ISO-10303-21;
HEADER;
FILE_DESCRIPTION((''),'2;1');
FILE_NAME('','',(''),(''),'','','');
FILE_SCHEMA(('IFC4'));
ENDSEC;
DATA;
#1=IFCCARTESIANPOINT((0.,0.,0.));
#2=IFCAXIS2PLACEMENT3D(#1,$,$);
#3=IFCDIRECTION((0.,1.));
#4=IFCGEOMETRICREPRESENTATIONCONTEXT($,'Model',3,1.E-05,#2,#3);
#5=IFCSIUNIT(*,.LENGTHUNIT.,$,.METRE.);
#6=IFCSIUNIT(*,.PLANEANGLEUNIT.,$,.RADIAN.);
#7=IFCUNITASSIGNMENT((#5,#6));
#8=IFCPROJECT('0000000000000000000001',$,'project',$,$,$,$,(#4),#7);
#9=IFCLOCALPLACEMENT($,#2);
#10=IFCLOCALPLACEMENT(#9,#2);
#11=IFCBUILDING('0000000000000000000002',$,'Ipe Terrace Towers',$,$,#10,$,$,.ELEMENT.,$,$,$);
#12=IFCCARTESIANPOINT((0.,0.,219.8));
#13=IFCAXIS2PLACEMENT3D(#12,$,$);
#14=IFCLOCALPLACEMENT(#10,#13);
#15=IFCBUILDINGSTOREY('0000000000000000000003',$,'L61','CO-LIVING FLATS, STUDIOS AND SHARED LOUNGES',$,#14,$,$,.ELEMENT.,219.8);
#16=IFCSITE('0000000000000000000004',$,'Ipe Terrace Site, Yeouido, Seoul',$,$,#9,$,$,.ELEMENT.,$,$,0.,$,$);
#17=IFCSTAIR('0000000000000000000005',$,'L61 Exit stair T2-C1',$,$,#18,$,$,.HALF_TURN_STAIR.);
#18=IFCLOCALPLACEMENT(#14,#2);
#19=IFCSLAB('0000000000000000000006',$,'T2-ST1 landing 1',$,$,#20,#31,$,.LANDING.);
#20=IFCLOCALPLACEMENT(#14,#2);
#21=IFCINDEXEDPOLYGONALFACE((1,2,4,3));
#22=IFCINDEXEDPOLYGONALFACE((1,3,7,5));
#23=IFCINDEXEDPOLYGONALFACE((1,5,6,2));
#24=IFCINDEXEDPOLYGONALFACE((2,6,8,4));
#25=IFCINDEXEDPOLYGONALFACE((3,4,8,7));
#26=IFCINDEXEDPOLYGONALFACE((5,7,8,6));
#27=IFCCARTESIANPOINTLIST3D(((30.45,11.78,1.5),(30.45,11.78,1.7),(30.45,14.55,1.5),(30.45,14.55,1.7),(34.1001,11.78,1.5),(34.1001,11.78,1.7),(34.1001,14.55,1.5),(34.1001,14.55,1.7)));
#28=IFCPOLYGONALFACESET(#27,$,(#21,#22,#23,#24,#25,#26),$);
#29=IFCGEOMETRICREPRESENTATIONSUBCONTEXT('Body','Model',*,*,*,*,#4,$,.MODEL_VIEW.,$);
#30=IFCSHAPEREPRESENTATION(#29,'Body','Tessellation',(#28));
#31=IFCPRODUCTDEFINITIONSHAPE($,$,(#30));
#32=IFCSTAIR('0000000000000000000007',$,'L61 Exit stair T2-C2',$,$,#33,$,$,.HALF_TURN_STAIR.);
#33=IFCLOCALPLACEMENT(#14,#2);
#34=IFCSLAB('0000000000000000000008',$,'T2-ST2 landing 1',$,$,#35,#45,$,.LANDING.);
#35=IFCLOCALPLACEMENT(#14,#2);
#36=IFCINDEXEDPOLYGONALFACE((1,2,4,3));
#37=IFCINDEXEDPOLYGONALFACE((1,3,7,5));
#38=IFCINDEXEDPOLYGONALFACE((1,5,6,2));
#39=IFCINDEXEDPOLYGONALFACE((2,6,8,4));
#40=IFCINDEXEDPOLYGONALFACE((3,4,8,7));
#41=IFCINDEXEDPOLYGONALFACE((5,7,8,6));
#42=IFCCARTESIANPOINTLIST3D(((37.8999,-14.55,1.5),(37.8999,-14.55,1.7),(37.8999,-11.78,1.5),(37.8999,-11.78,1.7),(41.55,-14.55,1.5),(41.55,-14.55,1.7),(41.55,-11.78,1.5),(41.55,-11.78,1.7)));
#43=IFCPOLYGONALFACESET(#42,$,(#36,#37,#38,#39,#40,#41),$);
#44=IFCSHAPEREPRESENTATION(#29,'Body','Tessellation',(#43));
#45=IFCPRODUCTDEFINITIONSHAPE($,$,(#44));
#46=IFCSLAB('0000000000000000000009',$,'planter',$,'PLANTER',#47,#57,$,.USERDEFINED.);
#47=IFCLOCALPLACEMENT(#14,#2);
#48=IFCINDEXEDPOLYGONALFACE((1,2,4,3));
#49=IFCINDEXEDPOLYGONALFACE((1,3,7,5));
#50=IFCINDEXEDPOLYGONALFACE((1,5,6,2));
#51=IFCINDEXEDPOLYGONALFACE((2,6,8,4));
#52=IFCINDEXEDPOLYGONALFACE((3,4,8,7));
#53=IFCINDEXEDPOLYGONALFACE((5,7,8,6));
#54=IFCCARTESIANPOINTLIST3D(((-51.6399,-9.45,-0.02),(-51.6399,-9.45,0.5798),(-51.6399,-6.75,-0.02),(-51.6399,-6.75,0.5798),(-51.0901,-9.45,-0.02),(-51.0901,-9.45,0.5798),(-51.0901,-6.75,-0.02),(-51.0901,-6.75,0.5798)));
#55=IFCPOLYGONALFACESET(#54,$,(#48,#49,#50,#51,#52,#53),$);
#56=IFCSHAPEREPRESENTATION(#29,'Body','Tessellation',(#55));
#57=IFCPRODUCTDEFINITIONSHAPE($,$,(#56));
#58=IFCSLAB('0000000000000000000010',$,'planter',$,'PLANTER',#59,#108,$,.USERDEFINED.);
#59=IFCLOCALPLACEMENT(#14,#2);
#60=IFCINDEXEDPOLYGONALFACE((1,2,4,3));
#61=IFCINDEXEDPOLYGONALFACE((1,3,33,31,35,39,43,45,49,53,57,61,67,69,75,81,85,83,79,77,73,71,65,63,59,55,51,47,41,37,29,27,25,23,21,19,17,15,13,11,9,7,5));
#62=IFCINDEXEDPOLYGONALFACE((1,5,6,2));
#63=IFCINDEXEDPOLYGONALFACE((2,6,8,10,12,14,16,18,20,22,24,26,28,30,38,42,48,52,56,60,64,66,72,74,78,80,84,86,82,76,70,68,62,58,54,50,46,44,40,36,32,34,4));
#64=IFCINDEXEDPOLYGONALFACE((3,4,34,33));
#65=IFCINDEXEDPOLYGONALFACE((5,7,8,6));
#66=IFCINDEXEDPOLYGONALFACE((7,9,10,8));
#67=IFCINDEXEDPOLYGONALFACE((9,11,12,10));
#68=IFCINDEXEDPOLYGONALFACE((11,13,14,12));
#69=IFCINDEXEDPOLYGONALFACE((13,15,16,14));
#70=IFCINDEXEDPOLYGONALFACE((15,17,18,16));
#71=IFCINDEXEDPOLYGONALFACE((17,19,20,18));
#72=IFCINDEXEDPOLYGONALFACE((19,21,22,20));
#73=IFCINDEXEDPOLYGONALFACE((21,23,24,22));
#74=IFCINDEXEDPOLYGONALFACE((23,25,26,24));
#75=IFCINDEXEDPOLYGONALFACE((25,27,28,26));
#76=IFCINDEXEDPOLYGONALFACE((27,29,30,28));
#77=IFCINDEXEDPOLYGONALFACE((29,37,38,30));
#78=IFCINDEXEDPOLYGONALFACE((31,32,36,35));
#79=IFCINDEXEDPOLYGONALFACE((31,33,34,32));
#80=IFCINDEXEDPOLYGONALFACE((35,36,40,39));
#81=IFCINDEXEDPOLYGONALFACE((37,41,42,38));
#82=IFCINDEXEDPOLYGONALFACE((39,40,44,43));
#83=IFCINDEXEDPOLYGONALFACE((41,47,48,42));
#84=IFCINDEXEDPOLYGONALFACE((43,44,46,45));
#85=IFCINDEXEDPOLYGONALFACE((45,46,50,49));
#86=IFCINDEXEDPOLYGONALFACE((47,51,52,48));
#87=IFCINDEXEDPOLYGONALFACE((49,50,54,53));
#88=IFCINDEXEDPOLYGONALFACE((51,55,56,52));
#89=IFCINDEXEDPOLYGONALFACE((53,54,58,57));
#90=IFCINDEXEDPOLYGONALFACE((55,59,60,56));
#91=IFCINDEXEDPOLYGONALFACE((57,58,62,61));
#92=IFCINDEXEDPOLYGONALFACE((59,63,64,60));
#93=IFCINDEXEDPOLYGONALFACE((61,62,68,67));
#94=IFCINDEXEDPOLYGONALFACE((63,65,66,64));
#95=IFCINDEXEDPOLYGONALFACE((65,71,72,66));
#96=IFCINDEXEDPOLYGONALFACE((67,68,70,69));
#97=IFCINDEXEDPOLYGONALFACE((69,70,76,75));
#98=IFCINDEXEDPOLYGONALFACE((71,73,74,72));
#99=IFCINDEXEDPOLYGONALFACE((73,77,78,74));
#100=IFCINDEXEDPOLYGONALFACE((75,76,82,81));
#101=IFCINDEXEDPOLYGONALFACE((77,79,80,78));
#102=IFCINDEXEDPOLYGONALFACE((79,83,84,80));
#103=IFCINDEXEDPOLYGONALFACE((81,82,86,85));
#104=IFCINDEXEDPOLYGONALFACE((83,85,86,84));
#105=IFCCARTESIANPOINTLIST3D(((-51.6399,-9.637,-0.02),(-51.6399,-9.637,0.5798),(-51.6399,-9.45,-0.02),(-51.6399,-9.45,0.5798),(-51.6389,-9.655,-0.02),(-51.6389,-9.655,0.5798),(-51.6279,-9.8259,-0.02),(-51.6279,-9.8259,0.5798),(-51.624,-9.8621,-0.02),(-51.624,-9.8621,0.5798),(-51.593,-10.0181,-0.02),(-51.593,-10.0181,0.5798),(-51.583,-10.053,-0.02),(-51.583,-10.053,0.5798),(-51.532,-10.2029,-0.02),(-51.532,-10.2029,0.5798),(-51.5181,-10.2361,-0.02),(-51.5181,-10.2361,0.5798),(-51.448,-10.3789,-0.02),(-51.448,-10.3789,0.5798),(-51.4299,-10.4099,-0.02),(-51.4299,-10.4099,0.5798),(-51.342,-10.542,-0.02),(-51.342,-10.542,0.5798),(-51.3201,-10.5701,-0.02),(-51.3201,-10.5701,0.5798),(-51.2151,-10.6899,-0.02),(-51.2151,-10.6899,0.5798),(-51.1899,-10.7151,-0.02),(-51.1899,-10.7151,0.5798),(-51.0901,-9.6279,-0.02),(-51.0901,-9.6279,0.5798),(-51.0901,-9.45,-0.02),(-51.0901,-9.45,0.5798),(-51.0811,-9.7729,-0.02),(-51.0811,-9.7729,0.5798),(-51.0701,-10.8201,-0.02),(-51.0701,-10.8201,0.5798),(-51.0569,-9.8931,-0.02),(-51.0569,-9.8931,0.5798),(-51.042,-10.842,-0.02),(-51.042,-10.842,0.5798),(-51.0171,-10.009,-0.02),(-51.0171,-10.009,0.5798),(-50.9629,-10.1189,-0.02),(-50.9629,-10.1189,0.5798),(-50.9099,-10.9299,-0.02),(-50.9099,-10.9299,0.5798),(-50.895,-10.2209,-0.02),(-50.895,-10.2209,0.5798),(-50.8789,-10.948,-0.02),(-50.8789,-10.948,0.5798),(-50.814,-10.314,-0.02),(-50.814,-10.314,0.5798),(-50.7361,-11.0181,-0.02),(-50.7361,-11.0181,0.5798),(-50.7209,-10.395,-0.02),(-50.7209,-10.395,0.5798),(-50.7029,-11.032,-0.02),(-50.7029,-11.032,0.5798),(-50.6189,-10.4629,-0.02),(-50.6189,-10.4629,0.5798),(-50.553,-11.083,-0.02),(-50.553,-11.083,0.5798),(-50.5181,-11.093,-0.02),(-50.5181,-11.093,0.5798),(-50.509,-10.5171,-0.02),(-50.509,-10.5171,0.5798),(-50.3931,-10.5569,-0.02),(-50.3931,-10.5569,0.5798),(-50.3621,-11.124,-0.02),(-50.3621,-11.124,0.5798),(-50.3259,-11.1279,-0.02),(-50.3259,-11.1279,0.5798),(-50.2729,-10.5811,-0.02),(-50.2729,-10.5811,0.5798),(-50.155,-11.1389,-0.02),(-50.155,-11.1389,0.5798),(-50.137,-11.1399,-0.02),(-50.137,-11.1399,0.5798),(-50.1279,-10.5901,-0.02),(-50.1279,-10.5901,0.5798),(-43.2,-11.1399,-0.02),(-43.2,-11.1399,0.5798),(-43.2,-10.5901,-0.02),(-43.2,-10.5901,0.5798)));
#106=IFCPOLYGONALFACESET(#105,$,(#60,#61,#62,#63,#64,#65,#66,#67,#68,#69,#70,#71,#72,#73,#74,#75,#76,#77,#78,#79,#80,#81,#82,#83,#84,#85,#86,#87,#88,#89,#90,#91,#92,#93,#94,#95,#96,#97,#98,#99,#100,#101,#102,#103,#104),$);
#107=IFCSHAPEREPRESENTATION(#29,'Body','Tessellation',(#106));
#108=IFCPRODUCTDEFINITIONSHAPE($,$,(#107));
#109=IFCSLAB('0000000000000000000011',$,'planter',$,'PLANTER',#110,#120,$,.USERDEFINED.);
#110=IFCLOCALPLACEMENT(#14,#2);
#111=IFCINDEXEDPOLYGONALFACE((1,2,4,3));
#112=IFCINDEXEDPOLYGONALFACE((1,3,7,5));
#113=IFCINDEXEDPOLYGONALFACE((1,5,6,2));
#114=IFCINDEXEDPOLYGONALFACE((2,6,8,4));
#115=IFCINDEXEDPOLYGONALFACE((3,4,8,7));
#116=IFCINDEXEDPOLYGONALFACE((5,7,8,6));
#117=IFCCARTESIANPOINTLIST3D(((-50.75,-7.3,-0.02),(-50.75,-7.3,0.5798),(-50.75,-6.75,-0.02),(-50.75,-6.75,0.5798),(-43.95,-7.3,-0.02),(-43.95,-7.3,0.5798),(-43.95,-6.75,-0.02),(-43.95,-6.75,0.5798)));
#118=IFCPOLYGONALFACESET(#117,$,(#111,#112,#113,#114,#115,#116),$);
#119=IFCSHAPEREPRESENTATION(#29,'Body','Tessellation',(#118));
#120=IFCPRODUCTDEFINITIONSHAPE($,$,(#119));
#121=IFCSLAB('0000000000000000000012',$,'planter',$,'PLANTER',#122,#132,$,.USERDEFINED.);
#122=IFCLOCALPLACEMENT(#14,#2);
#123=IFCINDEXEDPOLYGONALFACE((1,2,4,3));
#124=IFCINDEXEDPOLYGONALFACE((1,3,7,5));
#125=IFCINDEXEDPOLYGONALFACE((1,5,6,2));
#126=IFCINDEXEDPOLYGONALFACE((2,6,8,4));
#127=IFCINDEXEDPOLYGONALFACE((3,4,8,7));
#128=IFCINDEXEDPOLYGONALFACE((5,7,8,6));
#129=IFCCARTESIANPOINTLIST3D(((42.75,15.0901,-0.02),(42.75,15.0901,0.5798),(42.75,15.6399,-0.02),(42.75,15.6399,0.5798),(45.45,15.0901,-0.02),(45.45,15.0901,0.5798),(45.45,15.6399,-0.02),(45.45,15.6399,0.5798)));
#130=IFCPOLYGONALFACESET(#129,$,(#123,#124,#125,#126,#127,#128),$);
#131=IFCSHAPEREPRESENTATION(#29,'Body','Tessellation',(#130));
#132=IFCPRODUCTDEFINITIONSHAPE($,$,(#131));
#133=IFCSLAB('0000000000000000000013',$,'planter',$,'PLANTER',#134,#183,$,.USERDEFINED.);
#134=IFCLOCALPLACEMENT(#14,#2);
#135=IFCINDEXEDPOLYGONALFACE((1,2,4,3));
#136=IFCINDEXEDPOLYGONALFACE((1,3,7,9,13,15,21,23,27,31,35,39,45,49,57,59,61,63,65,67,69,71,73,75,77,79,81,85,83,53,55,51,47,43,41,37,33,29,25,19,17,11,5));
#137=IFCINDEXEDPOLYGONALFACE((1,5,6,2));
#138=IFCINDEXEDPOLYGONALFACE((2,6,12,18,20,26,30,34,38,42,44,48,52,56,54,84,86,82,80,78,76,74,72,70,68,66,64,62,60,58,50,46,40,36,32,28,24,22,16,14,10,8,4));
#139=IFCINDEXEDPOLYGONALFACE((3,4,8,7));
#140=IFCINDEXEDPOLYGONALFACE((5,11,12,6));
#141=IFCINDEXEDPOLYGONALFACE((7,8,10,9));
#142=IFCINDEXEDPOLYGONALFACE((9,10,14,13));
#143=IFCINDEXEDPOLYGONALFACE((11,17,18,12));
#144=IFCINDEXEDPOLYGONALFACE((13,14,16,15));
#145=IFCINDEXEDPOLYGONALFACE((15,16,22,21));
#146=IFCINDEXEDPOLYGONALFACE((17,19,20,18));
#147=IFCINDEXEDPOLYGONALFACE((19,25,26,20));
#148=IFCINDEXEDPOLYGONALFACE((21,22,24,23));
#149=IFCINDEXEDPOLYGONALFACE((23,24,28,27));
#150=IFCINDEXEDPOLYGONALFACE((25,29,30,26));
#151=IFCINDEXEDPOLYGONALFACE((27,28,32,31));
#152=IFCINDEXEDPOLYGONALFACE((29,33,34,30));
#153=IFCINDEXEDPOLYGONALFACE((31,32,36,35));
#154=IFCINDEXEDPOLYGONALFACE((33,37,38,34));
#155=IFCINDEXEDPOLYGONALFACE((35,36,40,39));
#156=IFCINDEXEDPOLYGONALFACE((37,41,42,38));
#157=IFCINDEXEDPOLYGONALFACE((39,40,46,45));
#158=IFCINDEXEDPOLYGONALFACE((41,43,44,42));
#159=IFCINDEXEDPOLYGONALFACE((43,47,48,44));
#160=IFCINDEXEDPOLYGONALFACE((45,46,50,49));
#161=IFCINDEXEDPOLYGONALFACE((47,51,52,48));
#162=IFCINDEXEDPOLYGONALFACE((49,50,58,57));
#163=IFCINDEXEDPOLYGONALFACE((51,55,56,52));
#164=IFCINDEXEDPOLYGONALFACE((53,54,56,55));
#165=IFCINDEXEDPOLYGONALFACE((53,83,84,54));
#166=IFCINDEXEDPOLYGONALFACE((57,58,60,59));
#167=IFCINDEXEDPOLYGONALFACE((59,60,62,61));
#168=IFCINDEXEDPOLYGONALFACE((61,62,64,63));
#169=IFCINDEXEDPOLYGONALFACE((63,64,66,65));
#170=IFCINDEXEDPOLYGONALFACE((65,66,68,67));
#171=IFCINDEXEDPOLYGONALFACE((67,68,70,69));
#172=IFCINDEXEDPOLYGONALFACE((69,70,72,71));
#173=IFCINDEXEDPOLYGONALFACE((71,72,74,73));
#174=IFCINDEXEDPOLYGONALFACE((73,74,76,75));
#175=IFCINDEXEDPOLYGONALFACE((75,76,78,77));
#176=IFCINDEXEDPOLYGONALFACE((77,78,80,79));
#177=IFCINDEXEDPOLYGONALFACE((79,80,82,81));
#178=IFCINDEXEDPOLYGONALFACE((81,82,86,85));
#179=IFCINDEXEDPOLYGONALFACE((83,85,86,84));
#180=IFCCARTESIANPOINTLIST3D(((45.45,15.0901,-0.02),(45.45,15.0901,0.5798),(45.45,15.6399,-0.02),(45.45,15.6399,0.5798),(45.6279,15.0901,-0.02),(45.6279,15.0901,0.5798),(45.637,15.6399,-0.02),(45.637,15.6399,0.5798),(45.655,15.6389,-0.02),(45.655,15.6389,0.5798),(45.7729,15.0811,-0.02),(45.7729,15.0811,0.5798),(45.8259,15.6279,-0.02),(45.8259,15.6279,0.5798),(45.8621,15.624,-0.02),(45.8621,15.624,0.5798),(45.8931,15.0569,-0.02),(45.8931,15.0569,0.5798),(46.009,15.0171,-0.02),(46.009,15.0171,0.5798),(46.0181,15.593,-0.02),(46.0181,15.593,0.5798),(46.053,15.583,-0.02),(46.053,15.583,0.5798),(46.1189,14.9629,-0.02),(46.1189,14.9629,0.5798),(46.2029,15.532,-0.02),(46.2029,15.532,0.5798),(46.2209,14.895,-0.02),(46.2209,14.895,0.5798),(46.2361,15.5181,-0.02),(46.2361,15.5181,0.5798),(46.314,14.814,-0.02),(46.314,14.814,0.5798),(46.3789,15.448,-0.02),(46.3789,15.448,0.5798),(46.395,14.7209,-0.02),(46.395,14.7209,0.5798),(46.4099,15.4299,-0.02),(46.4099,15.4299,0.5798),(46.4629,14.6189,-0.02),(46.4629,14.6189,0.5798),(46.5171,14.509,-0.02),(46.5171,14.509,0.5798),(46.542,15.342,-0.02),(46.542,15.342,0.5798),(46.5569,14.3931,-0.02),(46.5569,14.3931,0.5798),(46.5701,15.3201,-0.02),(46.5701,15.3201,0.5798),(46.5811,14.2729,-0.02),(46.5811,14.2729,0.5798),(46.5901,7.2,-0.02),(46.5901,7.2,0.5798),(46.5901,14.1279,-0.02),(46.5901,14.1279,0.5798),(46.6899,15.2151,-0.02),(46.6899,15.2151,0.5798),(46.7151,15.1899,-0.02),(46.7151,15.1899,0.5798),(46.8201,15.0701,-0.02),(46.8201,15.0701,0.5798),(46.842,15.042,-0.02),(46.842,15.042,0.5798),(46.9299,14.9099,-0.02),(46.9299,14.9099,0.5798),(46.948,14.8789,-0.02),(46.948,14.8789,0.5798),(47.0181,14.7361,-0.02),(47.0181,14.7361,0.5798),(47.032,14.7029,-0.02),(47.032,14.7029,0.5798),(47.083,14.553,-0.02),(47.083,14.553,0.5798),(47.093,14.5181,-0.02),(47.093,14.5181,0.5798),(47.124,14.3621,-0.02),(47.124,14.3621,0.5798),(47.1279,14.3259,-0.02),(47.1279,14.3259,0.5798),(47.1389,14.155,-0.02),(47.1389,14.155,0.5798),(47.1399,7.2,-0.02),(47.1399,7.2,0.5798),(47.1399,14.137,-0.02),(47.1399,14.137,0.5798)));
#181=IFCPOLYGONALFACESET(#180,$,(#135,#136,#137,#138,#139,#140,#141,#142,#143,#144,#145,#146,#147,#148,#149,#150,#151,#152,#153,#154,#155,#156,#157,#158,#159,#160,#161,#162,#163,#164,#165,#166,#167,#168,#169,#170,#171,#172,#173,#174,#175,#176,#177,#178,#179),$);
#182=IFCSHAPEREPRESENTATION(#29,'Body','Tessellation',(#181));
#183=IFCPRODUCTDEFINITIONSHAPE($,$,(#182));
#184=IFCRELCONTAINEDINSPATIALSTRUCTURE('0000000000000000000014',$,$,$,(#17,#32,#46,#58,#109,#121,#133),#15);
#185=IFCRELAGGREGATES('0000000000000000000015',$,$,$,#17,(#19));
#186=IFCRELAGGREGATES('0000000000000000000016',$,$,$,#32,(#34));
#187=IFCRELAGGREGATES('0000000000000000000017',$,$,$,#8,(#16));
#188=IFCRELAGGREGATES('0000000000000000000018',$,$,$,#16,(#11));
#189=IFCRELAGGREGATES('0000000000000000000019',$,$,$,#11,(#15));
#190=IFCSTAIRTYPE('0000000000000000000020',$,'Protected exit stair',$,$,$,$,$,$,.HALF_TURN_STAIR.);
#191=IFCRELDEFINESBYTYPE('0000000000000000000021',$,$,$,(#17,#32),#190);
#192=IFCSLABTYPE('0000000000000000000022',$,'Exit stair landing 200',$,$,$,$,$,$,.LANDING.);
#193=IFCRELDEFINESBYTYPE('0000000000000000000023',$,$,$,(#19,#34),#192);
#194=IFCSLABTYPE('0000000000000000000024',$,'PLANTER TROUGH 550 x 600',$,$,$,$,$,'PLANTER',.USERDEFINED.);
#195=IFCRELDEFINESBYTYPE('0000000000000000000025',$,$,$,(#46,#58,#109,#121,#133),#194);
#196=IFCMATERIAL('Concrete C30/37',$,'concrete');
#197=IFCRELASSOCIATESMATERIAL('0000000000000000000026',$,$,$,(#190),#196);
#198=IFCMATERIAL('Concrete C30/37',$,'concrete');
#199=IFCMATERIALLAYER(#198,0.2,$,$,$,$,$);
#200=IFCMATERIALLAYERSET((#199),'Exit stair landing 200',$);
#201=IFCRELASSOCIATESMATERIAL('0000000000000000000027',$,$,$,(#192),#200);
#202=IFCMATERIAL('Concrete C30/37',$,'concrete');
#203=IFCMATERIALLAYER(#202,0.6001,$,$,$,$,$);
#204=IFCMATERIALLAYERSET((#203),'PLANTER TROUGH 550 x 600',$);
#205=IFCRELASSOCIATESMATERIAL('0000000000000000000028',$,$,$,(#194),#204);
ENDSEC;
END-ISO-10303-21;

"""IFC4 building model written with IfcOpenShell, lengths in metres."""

from ifc_helpers import new_model, si_unit, direction, frame, origin, place, context, subcontext, project, spatial, polyline, outline, extrude, material, layer, layer_set, type_object, element, aggregate, save


model = new_model("IFC4")

# Units and contexts
model_context = context("Model", 3, precision=1e-05, world=origin(), true_north=direction((0.0, 1.0)))
body_context = subcontext(model_context, "Body", "Model", "MODEL_VIEW")
ifc_project = project(units=[si_unit("LENGTHUNIT", "METRE"), si_unit("PLANEANGLEUNIT", "RADIAN")], contexts=[model_context])

# Site, building, storey
site_placement = place(None, origin())
site = spatial("IfcSite", under=ifc_project, at=site_placement, Name="Ipe Terrace Site, Yeouido, Seoul", CompositionType="ELEMENT", RefElevation=0.0)
building_placement = place(site_placement, origin())
building = spatial("IfcBuilding", under=site, at=building_placement, Name="Ipe Terrace Towers", CompositionType="ELEMENT")
storey_placement = place(building_placement, frame((0.0, 0.0, 219.8)))
storey = spatial("IfcBuildingStorey", under=building, at=storey_placement, Name="L61", Description="CO-LIVING FLATS, STUDIOS AND SHARED LOUNGES", CompositionType="ELEMENT", Elevation=219.8)

# Stairs, slabs
ifc_material_1 = material(Name="Concrete C30/37", Category="concrete")
stair_type = type_object("IfcStairType", Name="Protected exit stair", PredefinedType="HALF_TURN_STAIR", material=ifc_material_1)
ifc_material_2 = material(Name="Concrete C30/37", Category="concrete")
ifc_layer_1 = layer(ifc_material_2, 0.2)
ifc_layer_set_1 = layer_set([ifc_layer_1], Name="Exit stair landing 200")
slab_type_1 = type_object("IfcSlabType", Name="Exit stair landing 200", PredefinedType="LANDING", material=ifc_layer_set_1)
stair_1_placement = place(storey_placement, origin())
stair_1 = element("IfcStair", 1, at=stair_1_placement, inside=storey, type_object=stair_type, Name="L61 Exit stair T2-C1", PredefinedType="HALF_TURN_STAIR")
slab_1_placement = place(storey_placement, frame((0.0, 0.0, 1.5)))
slab_1 = element("IfcSlab", 2, at=slab_1_placement, type_object=slab_type_1, Name="T2-ST1 landing 1", PredefinedType="LANDING", context=body_context, shape_type="SweptSolid", body=[
    extrude(outline(polyline([(34.1001, 11.78), (34.1001, 14.55), (30.45, 14.55), (30.45, 11.78), (34.1001, 11.78)])), origin(), (0.0, 0.0, 1.0), 0.2),
])
aggregate(stair_1, [slab_1])
stair_2_placement = place(storey_placement, origin())
stair_2 = element("IfcStair", 3, at=stair_2_placement, inside=storey, type_object=stair_type, Name="L61 Exit stair T2-C2", PredefinedType="HALF_TURN_STAIR")
slab_2_placement = place(storey_placement, frame((0.0, 0.0, 1.5)))
slab_2 = element("IfcSlab", 4, at=slab_2_placement, type_object=slab_type_1, Name="T2-ST2 landing 1", PredefinedType="LANDING", context=body_context, shape_type="SweptSolid", body=[
    extrude(outline(polyline([(37.8999, -11.78), (37.8999, -14.55), (41.55, -14.55), (41.55, -11.78), (37.8999, -11.78)])), origin(), (0.0, 0.0, 1.0), 0.2),
])
aggregate(stair_2, [slab_2])

# Slabs
ifc_material_3 = material(Name="Concrete C30/37", Category="concrete")
ifc_layer_2 = layer(ifc_material_3, 0.6001)
ifc_layer_set_2 = layer_set([ifc_layer_2], Name="PLANTER TROUGH 550 x 600")
slab_type_2 = type_object("IfcSlabType", Name="PLANTER TROUGH 550 x 600", ElementType="PLANTER", PredefinedType="USERDEFINED", material=ifc_layer_set_2)
slab_3_placement = place(storey_placement, frame((0.0, 0.0, -0.02)))
element("IfcSlab", 5, at=slab_3_placement, inside=storey, type_object=slab_type_2, Name="planter", ObjectType="PLANTER", PredefinedType="USERDEFINED", context=body_context, shape_type="SweptSolid", body=[
    extrude(outline(polyline([(-51.6399, -6.75), (-51.6399, -9.45), (-51.0901, -9.45), (-51.0901, -6.75), (-51.6399, -6.75)])), origin(), (0.0, 0.0, 1.0), 0.5999),
])
slab_4_placement = place(storey_placement, frame((0.0, 0.0, -0.02)))
element("IfcSlab", 6, at=slab_4_placement, inside=storey, type_object=slab_type_2, Name="planter", ObjectType="PLANTER", PredefinedType="USERDEFINED", context=body_context, shape_type="SweptSolid", body=[
    extrude(outline(polyline([(-51.0569, -9.8931), (-51.0811, -9.7729), (-51.0901, -9.6279), (-51.0901, -9.45), (-51.6399, -9.45), (-51.6399, -9.637), (-51.6389, -9.655), (-51.6279, -9.8259), (-51.624, -9.8621), (-51.593, -10.0181), (-51.583, -10.053), (-51.532, -10.2029), (-51.5181, -10.2361), (-51.448, -10.3789), (-51.4299, -10.4099), (-51.342, -10.542), (-51.3201, -10.5701), (-51.2151, -10.6899), (-51.1899, -10.7151), (-51.0701, -10.8201), (-51.042, -10.842), (-50.9099, -10.9299), (-50.8789, -10.948), (-50.7361, -11.0181), (-50.7029, -11.032), (-50.553, -11.083), (-50.5181, -11.093), (-50.3621, -11.124), (-50.3259, -11.1279), (-50.155, -11.1389), (-50.137, -11.1399), (-43.2, -11.1399), (-43.2, -10.5901), (-50.1279, -10.5901), (-50.2729, -10.5811), (-50.3931, -10.5569), (-50.509, -10.5171), (-50.6189, -10.4629), (-50.7209, -10.395), (-50.814, -10.314), (-50.895, -10.2209), (-50.9629, -10.1189), (-51.0171, -10.009), (-51.0569, -9.8931)])), origin(), (0.0, 0.0, 1.0), 0.5999),
])
slab_5_placement = place(storey_placement, frame((0.0, 0.0, -0.02)))
element("IfcSlab", 7, at=slab_5_placement, inside=storey, type_object=slab_type_2, Name="planter", ObjectType="PLANTER", PredefinedType="USERDEFINED", context=body_context, shape_type="SweptSolid", body=[
    extrude(outline(polyline([(-43.95, -6.75), (-50.75, -6.75), (-50.75, -7.3), (-43.95, -7.3), (-43.95, -6.75)])), origin(), (0.0, 0.0, 1.0), 0.5999),
])
slab_6_placement = place(storey_placement, frame((0.0, 0.0, -0.02)))
element("IfcSlab", 8, at=slab_6_placement, inside=storey, type_object=slab_type_2, Name="planter", ObjectType="PLANTER", PredefinedType="USERDEFINED", context=body_context, shape_type="SweptSolid", body=[
    extrude(outline(polyline([(42.75, 15.6399), (42.75, 15.0901), (45.45, 15.0901), (45.45, 15.6399), (42.75, 15.6399)])), origin(), (0.0, 0.0, 1.0), 0.5999),
])
slab_7_placement = place(storey_placement, frame((0.0, 0.0, -0.02)))
element("IfcSlab", 9, at=slab_7_placement, inside=storey, type_object=slab_type_2, Name="planter", ObjectType="PLANTER", PredefinedType="USERDEFINED", context=body_context, shape_type="SweptSolid", body=[
    extrude(outline(polyline([(45.8931, 15.0569), (46.009, 15.0171), (46.1189, 14.9629), (46.2209, 14.895), (46.314, 14.814), (46.395, 14.7209), (46.4629, 14.6189), (46.5171, 14.509), (46.5569, 14.3931), (46.5811, 14.2729), (46.5901, 14.1279), (46.5901, 7.2), (47.1399, 7.2), (47.1399, 14.137), (47.1389, 14.155), (47.1279, 14.3259), (47.124, 14.3621), (47.093, 14.5181), (47.083, 14.553), (47.032, 14.7029), (47.0181, 14.7361), (46.948, 14.8789), (46.9299, 14.9099), (46.842, 15.042), (46.8201, 15.0701), (46.7151, 15.1899), (46.6899, 15.2151), (46.5701, 15.3201), (46.542, 15.342), (46.4099, 15.4299), (46.3789, 15.448), (46.2361, 15.5181), (46.2029, 15.532), (46.053, 15.583), (46.0181, 15.593), (45.8621, 15.624), (45.8259, 15.6279), (45.655, 15.6389), (45.637, 15.6399), (45.45, 15.6399), (45.45, 15.0901), (45.6279, 15.0901), (45.7729, 15.0811), (45.8931, 15.0569)])), origin(), (0.0, 0.0, 1.0), 0.5999),
])

save(model, "model.ifc")
